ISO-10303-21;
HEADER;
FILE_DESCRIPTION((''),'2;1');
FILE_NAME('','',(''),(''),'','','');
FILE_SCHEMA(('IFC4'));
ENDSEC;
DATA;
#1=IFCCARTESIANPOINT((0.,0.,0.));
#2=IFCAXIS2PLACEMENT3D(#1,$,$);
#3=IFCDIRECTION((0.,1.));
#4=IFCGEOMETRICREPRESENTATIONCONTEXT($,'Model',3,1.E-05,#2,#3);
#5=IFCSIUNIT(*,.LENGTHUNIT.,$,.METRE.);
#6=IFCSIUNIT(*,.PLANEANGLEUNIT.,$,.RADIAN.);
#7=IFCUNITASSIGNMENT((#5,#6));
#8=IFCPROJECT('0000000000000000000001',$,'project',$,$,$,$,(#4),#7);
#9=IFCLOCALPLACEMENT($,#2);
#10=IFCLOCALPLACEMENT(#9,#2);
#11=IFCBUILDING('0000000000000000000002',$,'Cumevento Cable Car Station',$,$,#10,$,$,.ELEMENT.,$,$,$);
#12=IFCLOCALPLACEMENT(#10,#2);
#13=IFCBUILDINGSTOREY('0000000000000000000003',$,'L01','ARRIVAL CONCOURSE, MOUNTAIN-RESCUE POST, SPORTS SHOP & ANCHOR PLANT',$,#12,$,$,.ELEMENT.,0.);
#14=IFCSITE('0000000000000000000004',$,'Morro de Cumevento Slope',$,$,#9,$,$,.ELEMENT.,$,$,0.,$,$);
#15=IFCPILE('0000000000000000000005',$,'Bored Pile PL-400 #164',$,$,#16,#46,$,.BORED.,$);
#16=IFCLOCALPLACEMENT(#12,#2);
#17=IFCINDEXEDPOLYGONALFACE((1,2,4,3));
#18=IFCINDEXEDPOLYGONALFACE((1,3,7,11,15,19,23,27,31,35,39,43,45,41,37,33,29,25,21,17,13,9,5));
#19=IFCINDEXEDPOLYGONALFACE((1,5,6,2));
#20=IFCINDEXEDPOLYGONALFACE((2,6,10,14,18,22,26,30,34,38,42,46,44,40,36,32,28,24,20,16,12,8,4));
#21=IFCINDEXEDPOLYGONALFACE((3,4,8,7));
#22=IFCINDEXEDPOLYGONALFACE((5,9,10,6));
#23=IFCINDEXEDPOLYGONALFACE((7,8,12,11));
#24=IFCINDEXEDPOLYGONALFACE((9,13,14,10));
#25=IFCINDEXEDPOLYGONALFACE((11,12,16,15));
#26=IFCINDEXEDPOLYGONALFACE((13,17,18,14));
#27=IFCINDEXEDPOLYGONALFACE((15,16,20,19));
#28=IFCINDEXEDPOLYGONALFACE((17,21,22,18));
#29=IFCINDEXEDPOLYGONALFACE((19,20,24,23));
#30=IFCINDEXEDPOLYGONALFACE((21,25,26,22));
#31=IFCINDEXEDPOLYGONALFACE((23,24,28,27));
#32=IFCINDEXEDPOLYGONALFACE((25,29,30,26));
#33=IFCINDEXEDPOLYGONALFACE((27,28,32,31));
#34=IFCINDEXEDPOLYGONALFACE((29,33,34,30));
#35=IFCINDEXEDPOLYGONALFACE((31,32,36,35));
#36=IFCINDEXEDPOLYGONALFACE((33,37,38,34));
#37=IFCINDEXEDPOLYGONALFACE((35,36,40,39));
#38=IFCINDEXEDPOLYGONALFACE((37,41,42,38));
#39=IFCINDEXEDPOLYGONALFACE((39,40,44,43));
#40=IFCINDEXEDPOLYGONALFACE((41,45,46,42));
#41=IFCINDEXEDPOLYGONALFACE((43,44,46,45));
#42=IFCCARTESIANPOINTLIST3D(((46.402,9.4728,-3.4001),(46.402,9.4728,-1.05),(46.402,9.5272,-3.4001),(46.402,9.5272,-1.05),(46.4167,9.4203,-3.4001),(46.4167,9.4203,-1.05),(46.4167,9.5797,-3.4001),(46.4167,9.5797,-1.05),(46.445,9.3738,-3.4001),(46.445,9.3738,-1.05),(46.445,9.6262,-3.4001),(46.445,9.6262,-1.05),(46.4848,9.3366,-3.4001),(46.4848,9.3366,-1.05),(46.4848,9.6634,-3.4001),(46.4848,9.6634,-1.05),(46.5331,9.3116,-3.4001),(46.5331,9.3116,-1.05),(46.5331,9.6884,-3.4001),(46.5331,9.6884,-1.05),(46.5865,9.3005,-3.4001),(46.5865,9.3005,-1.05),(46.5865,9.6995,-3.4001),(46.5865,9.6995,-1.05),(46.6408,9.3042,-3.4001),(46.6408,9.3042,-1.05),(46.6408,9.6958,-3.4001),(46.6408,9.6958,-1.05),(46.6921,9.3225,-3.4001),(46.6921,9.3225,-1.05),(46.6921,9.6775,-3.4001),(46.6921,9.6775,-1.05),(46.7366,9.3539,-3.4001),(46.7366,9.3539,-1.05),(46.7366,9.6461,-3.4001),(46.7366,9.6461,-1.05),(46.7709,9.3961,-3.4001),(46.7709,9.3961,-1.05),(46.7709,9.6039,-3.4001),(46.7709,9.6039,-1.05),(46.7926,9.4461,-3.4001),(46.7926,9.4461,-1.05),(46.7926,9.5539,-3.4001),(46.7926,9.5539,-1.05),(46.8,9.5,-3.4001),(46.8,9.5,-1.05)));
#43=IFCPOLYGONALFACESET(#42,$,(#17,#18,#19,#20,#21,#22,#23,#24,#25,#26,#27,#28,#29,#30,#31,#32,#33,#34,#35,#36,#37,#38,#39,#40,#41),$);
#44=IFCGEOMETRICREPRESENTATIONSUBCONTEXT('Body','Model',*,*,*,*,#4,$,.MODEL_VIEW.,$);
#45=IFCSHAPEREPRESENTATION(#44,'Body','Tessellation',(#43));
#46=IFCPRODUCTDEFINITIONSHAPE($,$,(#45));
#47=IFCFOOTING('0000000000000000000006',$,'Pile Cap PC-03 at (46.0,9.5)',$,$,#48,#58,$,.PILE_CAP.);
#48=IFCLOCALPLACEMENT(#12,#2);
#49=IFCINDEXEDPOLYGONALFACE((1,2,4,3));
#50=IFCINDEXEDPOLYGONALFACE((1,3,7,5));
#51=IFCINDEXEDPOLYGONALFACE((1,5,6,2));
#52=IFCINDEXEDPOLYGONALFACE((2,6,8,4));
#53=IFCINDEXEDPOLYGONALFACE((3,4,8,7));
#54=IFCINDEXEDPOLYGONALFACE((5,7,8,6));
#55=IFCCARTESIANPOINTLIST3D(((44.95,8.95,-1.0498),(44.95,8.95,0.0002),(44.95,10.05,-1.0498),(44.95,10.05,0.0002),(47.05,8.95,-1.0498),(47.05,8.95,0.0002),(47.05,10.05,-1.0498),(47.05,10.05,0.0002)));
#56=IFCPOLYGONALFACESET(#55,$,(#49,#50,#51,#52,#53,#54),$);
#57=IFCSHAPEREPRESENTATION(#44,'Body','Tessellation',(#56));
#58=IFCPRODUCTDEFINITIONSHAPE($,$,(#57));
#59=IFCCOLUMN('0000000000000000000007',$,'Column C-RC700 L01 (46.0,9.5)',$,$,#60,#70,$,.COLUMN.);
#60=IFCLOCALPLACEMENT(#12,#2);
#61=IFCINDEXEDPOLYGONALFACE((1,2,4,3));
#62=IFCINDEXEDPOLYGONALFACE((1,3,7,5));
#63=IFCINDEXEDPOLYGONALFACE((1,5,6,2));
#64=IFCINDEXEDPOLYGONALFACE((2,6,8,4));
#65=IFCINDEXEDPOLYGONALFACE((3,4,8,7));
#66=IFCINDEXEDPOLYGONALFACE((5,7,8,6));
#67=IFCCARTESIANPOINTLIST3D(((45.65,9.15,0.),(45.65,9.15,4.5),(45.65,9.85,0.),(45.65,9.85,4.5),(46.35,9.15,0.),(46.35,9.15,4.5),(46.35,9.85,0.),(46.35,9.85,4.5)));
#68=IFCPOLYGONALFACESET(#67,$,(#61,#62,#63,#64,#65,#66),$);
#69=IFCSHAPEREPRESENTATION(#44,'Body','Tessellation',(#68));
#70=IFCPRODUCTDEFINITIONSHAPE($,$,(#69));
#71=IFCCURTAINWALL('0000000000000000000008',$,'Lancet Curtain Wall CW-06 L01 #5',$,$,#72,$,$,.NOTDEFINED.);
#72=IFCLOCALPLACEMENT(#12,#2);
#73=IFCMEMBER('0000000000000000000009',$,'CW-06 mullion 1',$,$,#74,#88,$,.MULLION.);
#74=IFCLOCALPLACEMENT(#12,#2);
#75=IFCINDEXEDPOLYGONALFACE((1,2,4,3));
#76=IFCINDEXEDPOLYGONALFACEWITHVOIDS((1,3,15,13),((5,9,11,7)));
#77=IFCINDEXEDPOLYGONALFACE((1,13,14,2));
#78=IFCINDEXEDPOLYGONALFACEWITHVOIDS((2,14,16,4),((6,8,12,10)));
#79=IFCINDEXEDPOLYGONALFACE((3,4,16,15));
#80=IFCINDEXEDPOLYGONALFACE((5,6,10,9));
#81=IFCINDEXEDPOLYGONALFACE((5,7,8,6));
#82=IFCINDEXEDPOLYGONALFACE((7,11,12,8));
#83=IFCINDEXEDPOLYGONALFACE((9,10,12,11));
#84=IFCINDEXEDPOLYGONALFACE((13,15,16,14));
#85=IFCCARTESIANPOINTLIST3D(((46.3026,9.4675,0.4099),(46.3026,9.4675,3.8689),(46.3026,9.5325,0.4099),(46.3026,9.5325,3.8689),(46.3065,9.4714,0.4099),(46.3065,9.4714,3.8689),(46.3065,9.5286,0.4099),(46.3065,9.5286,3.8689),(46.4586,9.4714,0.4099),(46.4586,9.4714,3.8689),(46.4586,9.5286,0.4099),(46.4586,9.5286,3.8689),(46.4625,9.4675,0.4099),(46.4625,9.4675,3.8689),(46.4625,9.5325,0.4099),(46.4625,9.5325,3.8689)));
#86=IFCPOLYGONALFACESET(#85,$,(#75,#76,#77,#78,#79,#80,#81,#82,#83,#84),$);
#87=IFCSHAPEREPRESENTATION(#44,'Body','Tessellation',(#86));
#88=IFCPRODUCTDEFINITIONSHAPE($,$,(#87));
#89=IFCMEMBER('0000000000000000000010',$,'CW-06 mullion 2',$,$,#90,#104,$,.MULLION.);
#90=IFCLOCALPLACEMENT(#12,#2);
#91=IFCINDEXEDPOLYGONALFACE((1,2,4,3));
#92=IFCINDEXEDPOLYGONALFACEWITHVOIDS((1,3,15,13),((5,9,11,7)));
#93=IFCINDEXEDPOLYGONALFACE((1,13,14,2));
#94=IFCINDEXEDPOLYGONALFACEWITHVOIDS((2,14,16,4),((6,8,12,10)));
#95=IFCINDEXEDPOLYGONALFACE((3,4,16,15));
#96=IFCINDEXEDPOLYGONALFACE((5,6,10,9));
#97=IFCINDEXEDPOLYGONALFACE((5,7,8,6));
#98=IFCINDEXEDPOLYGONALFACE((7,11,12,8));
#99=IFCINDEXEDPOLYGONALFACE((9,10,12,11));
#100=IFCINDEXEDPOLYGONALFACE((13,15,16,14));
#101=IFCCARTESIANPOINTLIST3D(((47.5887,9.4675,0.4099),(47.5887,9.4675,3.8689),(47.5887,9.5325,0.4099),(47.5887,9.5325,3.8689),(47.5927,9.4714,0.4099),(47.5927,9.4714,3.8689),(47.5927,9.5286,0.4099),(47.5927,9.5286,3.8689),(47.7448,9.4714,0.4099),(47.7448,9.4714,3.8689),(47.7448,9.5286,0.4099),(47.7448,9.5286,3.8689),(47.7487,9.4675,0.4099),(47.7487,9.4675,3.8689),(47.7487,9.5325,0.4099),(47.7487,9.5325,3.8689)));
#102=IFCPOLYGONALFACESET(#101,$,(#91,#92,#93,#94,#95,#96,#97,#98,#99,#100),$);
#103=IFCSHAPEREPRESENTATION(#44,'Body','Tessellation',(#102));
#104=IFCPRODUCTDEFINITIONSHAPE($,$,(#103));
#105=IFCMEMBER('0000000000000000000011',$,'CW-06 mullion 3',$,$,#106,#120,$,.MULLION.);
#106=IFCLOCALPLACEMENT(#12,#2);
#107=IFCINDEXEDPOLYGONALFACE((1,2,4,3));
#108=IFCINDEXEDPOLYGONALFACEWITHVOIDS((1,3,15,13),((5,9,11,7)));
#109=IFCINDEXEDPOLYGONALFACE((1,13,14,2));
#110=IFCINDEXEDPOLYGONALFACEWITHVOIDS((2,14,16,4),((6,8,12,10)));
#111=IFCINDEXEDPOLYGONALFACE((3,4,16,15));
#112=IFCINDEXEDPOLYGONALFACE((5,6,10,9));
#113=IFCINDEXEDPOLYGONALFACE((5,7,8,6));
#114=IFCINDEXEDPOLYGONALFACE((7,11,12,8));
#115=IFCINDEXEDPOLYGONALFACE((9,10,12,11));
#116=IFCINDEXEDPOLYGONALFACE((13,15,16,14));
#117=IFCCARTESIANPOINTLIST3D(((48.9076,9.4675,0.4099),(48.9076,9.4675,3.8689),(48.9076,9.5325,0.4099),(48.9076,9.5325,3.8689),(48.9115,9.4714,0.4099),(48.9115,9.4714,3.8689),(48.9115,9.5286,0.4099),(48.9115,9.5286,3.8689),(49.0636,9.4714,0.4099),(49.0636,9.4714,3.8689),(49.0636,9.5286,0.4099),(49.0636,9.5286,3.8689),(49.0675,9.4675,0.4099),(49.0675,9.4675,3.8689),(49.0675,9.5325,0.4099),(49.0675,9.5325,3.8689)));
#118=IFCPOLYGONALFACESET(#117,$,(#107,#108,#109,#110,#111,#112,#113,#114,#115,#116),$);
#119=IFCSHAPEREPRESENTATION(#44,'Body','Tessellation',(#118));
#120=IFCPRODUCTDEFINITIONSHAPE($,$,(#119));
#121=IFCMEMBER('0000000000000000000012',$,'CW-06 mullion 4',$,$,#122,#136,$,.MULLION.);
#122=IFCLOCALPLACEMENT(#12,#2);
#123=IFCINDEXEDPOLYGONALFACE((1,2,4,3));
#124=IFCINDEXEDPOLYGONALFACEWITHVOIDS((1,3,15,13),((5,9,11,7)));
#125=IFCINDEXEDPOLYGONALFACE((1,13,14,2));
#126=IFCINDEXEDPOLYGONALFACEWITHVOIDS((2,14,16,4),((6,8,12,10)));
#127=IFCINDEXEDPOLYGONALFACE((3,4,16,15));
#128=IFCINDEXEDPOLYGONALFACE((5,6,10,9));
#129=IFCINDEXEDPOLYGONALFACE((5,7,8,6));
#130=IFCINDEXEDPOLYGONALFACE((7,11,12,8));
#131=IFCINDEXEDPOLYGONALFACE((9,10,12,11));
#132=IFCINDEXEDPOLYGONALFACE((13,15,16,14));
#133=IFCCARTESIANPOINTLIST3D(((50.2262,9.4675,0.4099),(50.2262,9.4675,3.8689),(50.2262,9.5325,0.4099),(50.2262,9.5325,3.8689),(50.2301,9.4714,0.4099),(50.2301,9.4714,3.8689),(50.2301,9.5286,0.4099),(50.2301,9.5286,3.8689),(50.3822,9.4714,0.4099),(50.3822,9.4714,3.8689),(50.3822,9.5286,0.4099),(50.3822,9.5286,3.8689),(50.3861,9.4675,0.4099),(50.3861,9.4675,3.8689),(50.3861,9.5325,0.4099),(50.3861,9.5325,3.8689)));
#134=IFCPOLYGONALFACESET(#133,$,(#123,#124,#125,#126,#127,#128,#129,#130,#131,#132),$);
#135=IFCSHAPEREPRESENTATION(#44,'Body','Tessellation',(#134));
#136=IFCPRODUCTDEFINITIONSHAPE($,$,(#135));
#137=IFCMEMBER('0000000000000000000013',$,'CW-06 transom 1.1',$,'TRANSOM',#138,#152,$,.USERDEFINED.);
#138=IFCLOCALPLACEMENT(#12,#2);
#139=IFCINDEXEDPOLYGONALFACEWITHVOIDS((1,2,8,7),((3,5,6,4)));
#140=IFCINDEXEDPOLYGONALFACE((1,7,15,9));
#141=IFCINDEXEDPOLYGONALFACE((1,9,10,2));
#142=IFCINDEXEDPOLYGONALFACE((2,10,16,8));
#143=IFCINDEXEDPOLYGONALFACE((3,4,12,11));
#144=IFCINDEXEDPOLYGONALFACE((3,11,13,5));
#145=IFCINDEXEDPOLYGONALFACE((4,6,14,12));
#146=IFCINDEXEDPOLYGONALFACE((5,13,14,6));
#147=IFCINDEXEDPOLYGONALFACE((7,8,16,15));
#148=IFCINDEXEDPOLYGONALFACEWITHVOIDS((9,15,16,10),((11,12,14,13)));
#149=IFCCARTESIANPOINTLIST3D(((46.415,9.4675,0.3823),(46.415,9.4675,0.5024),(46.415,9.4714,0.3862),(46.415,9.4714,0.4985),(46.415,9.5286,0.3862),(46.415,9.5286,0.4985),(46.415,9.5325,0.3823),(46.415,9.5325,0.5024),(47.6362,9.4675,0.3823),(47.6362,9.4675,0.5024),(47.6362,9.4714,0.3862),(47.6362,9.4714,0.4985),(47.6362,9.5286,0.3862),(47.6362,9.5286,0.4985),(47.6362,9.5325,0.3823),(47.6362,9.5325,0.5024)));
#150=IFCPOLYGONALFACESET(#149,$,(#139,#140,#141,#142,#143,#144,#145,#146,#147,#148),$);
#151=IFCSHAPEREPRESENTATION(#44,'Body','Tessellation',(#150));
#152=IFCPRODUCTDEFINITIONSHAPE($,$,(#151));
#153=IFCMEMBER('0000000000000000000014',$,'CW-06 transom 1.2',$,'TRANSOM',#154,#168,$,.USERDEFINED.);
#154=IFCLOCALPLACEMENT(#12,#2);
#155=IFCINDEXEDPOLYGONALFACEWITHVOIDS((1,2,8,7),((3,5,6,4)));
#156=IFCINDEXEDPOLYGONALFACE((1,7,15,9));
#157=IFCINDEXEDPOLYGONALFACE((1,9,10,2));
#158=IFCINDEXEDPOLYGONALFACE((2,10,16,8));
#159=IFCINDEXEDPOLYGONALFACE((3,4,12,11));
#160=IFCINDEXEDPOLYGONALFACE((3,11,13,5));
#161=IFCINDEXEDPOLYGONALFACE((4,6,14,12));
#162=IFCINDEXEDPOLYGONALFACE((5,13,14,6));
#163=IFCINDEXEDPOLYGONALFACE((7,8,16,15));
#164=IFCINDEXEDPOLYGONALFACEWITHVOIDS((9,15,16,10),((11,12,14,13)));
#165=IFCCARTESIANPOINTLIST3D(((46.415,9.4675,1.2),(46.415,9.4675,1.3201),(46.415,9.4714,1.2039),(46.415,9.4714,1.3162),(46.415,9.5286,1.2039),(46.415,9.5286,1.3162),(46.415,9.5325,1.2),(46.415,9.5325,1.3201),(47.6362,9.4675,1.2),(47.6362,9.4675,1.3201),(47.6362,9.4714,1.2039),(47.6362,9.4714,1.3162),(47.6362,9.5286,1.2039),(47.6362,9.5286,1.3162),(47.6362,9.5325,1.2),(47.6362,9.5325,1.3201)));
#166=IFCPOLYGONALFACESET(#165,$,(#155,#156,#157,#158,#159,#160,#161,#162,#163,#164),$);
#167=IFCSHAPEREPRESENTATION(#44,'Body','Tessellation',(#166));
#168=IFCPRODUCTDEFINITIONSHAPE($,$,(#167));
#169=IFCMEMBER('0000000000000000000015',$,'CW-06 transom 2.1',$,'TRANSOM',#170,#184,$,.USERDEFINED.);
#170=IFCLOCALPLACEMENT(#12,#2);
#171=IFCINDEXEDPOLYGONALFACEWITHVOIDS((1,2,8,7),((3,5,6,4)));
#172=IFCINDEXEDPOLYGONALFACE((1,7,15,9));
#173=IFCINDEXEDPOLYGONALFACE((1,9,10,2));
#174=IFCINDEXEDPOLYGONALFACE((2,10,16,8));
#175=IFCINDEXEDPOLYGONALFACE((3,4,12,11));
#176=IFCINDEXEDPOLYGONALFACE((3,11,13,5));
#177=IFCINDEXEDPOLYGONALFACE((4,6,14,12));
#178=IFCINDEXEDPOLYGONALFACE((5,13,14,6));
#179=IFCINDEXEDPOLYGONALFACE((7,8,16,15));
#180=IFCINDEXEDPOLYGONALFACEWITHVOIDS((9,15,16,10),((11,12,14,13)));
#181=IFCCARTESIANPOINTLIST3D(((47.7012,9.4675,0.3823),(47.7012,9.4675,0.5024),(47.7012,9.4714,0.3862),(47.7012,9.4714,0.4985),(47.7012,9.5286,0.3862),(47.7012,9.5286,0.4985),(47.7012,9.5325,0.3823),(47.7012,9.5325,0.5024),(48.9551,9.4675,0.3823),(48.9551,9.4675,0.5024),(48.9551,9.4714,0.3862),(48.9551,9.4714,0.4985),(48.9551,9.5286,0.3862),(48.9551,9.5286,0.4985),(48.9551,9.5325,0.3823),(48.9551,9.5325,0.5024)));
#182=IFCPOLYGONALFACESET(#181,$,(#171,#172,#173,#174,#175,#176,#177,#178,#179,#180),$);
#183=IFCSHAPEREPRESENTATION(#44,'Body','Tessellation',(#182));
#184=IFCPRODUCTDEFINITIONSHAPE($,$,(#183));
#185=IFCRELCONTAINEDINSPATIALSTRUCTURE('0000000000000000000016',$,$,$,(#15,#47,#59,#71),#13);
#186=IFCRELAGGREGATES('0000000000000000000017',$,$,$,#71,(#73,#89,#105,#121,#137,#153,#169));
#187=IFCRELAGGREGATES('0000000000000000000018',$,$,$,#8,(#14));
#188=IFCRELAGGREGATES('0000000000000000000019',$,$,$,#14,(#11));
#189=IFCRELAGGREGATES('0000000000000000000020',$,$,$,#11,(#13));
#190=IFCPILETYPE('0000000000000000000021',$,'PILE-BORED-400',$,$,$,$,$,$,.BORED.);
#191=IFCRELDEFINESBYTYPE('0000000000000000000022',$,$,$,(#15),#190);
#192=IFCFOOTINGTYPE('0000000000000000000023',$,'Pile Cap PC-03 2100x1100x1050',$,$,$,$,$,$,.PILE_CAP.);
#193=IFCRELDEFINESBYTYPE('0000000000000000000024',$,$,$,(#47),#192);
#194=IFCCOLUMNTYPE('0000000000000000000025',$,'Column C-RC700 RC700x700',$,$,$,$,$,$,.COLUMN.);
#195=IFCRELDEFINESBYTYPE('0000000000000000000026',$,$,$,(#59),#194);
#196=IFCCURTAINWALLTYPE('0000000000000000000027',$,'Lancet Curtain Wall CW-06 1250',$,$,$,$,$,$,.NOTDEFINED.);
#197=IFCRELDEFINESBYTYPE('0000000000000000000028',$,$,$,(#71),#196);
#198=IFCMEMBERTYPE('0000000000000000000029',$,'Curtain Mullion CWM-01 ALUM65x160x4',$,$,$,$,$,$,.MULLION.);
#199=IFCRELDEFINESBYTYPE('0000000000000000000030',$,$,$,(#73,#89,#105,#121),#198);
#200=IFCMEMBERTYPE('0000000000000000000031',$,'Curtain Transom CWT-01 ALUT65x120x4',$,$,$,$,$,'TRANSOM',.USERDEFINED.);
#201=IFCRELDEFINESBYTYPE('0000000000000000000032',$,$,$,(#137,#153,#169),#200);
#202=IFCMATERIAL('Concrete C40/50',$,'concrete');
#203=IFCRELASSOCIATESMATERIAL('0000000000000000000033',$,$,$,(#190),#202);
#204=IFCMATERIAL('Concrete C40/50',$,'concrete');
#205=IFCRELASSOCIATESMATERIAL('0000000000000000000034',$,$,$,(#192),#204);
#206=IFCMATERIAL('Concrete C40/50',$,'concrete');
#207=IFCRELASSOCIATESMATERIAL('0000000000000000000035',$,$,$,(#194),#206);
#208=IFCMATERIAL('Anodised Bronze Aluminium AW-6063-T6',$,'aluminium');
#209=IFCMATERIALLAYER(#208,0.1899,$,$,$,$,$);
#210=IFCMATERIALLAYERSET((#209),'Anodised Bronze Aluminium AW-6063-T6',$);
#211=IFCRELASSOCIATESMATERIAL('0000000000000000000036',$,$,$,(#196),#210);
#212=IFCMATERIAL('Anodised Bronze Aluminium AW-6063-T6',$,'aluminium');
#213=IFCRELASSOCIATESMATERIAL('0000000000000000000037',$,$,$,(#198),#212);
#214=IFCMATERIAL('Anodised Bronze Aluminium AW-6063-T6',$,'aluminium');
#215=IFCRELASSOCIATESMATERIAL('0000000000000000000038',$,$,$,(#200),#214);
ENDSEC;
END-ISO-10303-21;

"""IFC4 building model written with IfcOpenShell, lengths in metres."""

from ifc_helpers import new_model, si_unit, direction, frame, origin, origin_2d, place, context, subcontext, project, spatial, rectangle, hollow_rectangle, circle, extrude, material, layer, layer_set, material_profile, profile_set, type_object, element, aggregate, save


model = new_model("IFC4")

# Units and contexts
model_context = context("Model", 3, precision=1e-05, world=origin(), true_north=direction((0.0, 1.0)))
body_context = subcontext(model_context, "Body", "Model", "MODEL_VIEW")
ifc_project = project(units=[si_unit("LENGTHUNIT", "METRE"), si_unit("PLANEANGLEUNIT", "RADIAN")], contexts=[model_context])

# Site, building, storey
site_placement = place(None, origin())
site = spatial("IfcSite", under=ifc_project, at=site_placement, Name="Morro de Cumevento Slope", CompositionType="ELEMENT", RefElevation=0.0)
building_placement = place(site_placement, origin())
building = spatial("IfcBuilding", under=site, at=building_placement, Name="Cumevento Cable Car Station", CompositionType="ELEMENT")
storey_placement = place(building_placement, origin())
storey = spatial("IfcBuildingStorey", under=building, at=storey_placement, Name="L01", Description="ARRIVAL CONCOURSE, MOUNTAIN-RESCUE POST, SPORTS SHOP & ANCHOR PLANT", CompositionType="ELEMENT", Elevation=0.0)

# Pile
ifc_material_1 = material(Name="Concrete C40/50", Category="concrete")
ifc_material_profile_1 = material_profile(ifc_material_1, circle(Radius=0.2, at=origin_2d()), Name="PILE-D400")
ifc_profile_set_1 = profile_set([ifc_material_profile_1], Name="Concrete C40/50")
pile_type = type_object("IfcPileType", Name="PILE-BORED-400", PredefinedType="BORED", material=ifc_profile_set_1)
pile_placement = place(storey_placement, frame((46.6001, 9.5, -1.05), z_axis=(0.0, 0.0, -1.0), x_axis=(1.0, 0.0, 0.0)))
element("IfcPile", 1, at=pile_placement, inside=storey, type_object=pile_type, Name="Bored Pile PL-400 #164", PredefinedType="BORED", context=body_context, shape_type="SweptSolid", body=[
    extrude(circle(Radius=0.2, at=origin_2d()), origin(), (0.0, 0.0, 1.0), 2.3501),
])

# Footing
ifc_material_2 = material(Name="Concrete C40/50", Category="concrete")
footing_type = type_object("IfcFootingType", Name="Pile Cap PC-03 2100x1100x1050", PredefinedType="PILE_CAP", material=ifc_material_2)
footing_placement = place(storey_placement, frame((46.0, 9.5, -1.0498), z_axis=(0.0, 0.0, 1.0), x_axis=(1.0, 0.0, 0.0)))
element("IfcFooting", 2, at=footing_placement, inside=storey, type_object=footing_type, Name="Pile Cap PC-03 at (46.0,9.5)", PredefinedType="PILE_CAP", context=body_context, shape_type="SweptSolid", body=[
    extrude(rectangle(XDim=2.1001, YDim=1.1001, at=origin_2d()), origin(), (0.0, 0.0, 1.0), 1.05),
])

# Column
ifc_material_3 = material(Name="Concrete C40/50", Category="concrete")
ifc_material_profile_2 = material_profile(ifc_material_3, rectangle(XDim=0.7, YDim=0.7, at=origin_2d()), Name="RC700x700")
ifc_profile_set_2 = profile_set([ifc_material_profile_2], Name="Concrete C40/50")
column_type = type_object("IfcColumnType", Name="Column C-RC700 RC700x700", PredefinedType="COLUMN", material=ifc_profile_set_2)
column_placement = place(storey_placement, frame((46.0, 9.5, 0.0), z_axis=(0.0, 0.0, 1.0), x_axis=(1.0, 0.0, 0.0)))
element("IfcColumn", 3, at=column_placement, inside=storey, type_object=column_type, Name="Column C-RC700 L01 (46.0,9.5)", PredefinedType="COLUMN", context=body_context, shape_type="SweptSolid", body=[
    extrude(rectangle(XDim=0.7, YDim=0.7, at=origin_2d()), origin(), (0.0, 0.0, 1.0), 4.5),
])

# Curtain wall, members
ifc_material_4 = material(Name="Anodised Bronze Aluminium AW-6063-T6", Category="aluminium")
ifc_layer_1 = layer(ifc_material_4, 0.1899)
ifc_layer_set_1 = layer_set([ifc_layer_1], Name="Anodised Bronze Aluminium AW-6063-T6")
curtain_wall_type = type_object("IfcCurtainWallType", Name="Lancet Curtain Wall CW-06 1250", PredefinedType="NOTDEFINED", material=ifc_layer_set_1)
curtain_wall_placement = place(storey_placement, origin())
curtain_wall = element("IfcCurtainWall", 4, at=curtain_wall_placement, inside=storey, type_object=curtain_wall_type, Name="Lancet Curtain Wall CW-06 L01 #5", PredefinedType="NOTDEFINED")
ifc_material_5 = material(Name="Anodised Bronze Aluminium AW-6063-T6", Category="aluminium")
ifc_material_profile_3 = material_profile(ifc_material_5, hollow_rectangle(XDim=0.0649, YDim=0.1599, WallThickness=0.0039, at=origin_2d()), Name="ALUM65x160x4")
ifc_profile_set_3 = profile_set([ifc_material_profile_3], Name="Anodised Bronze Aluminium AW-6063-T6")
member_type_1 = type_object("IfcMemberType", Name="Curtain Mullion CWM-01 ALUM65x160x4", PredefinedType="MULLION", material=ifc_profile_set_3)
member_1_placement = place(storey_placement, frame((46.3826, 9.5, 0.4099), z_axis=(0.0, 0.0, 1.0), x_axis=(0.0, 1.0, 0.0)))
member_1 = element("IfcMember", 5, at=member_1_placement, type_object=member_type_1, Name="CW-06 mullion 1", PredefinedType="MULLION", context=body_context, shape_type="SweptSolid", body=[
    extrude(hollow_rectangle(XDim=0.0649, YDim=0.1599, WallThickness=0.0039, at=origin_2d()), origin(), (0.0, 0.0, 1.0), 3.459),
])
member_2_placement = place(storey_placement, frame((47.6687, 9.5, 0.4099), z_axis=(0.0, 0.0, 1.0), x_axis=(0.0, 1.0, 0.0)))
member_2 = element("IfcMember", 6, at=member_2_placement, type_object=member_type_1, Name="CW-06 mullion 2", PredefinedType="MULLION", context=body_context, shape_type="SweptSolid", body=[
    extrude(hollow_rectangle(XDim=0.0649, YDim=0.1599, WallThickness=0.0039, at=origin_2d()), origin(), (0.0, 0.0, 1.0), 3.459),
])
member_3_placement = place(storey_placement, frame((48.9875, 9.5, 0.4099), z_axis=(0.0, 0.0, 1.0), x_axis=(0.0, 1.0, 0.0)))
member_3 = element("IfcMember", 7, at=member_3_placement, type_object=member_type_1, Name="CW-06 mullion 3", PredefinedType="MULLION", context=body_context, shape_type="SweptSolid", body=[
    extrude(hollow_rectangle(XDim=0.0649, YDim=0.1599, WallThickness=0.0039, at=origin_2d()), origin(), (0.0, 0.0, 1.0), 3.459),
])
member_4_placement = place(storey_placement, frame((50.3062, 9.5, 0.4099), z_axis=(0.0, 0.0, 1.0), x_axis=(0.0, 1.0, 0.0)))
member_4 = element("IfcMember", 8, at=member_4_placement, type_object=member_type_1, Name="CW-06 mullion 4", PredefinedType="MULLION", context=body_context, shape_type="SweptSolid", body=[
    extrude(hollow_rectangle(XDim=0.0649, YDim=0.1599, WallThickness=0.0039, at=origin_2d()), origin(), (0.0, 0.0, 1.0), 3.459),
])
ifc_material_6 = material(Name="Anodised Bronze Aluminium AW-6063-T6", Category="aluminium")
ifc_material_profile_4 = material_profile(ifc_material_6, hollow_rectangle(XDim=0.0649, YDim=0.1201, WallThickness=0.0039, at=origin_2d()), Name="ALUT65x120x4")
ifc_profile_set_4 = profile_set([ifc_material_profile_4], Name="Anodised Bronze Aluminium AW-6063-T6")
member_type_2 = type_object("IfcMemberType", Name="Curtain Transom CWT-01 ALUT65x120x4", ElementType="TRANSOM", PredefinedType="USERDEFINED", material=ifc_profile_set_4)
member_5_placement = place(storey_placement, frame((46.415, 9.5, 0.4424), z_axis=(1.0, 0.0, 0.0), x_axis=(0.0, 1.0, 0.0)))
member_5 = element("IfcMember", 9, at=member_5_placement, type_object=member_type_2, Name="CW-06 transom 1.1", ObjectType="TRANSOM", PredefinedType="USERDEFINED", context=body_context, shape_type="SweptSolid", body=[
    extrude(hollow_rectangle(XDim=0.0649, YDim=0.1201, WallThickness=0.0039, at=origin_2d()), origin(), (0.0, 0.0, 1.0), 1.2212),
])
member_6_placement = place(storey_placement, frame((46.415, 9.5, 1.26), z_axis=(1.0, 0.0, 0.0), x_axis=(0.0, 1.0, 0.0)))
member_6 = element("IfcMember", 10, at=member_6_placement, type_object=member_type_2, Name="CW-06 transom 1.2", ObjectType="TRANSOM", PredefinedType="USERDEFINED", context=body_context, shape_type="SweptSolid", body=[
    extrude(hollow_rectangle(XDim=0.0649, YDim=0.1201, WallThickness=0.0039, at=origin_2d()), origin(), (0.0, 0.0, 1.0), 1.2212),
])
member_7_placement = place(storey_placement, frame((47.7012, 9.5, 0.4424), z_axis=(1.0, 0.0, 0.0), x_axis=(0.0, 1.0, 0.0)))
member_7 = element("IfcMember", 11, at=member_7_placement, type_object=member_type_2, Name="CW-06 transom 2.1", ObjectType="TRANSOM", PredefinedType="USERDEFINED", context=body_context, shape_type="SweptSolid", body=[
    extrude(hollow_rectangle(XDim=0.0649, YDim=0.1201, WallThickness=0.0039, at=origin_2d()), origin(), (0.0, 0.0, 1.0), 1.2539),
])
aggregate(curtain_wall, [member_1, member_2, member_3, member_4, member_5, member_6, member_7])

save(model, "model.ifc")
